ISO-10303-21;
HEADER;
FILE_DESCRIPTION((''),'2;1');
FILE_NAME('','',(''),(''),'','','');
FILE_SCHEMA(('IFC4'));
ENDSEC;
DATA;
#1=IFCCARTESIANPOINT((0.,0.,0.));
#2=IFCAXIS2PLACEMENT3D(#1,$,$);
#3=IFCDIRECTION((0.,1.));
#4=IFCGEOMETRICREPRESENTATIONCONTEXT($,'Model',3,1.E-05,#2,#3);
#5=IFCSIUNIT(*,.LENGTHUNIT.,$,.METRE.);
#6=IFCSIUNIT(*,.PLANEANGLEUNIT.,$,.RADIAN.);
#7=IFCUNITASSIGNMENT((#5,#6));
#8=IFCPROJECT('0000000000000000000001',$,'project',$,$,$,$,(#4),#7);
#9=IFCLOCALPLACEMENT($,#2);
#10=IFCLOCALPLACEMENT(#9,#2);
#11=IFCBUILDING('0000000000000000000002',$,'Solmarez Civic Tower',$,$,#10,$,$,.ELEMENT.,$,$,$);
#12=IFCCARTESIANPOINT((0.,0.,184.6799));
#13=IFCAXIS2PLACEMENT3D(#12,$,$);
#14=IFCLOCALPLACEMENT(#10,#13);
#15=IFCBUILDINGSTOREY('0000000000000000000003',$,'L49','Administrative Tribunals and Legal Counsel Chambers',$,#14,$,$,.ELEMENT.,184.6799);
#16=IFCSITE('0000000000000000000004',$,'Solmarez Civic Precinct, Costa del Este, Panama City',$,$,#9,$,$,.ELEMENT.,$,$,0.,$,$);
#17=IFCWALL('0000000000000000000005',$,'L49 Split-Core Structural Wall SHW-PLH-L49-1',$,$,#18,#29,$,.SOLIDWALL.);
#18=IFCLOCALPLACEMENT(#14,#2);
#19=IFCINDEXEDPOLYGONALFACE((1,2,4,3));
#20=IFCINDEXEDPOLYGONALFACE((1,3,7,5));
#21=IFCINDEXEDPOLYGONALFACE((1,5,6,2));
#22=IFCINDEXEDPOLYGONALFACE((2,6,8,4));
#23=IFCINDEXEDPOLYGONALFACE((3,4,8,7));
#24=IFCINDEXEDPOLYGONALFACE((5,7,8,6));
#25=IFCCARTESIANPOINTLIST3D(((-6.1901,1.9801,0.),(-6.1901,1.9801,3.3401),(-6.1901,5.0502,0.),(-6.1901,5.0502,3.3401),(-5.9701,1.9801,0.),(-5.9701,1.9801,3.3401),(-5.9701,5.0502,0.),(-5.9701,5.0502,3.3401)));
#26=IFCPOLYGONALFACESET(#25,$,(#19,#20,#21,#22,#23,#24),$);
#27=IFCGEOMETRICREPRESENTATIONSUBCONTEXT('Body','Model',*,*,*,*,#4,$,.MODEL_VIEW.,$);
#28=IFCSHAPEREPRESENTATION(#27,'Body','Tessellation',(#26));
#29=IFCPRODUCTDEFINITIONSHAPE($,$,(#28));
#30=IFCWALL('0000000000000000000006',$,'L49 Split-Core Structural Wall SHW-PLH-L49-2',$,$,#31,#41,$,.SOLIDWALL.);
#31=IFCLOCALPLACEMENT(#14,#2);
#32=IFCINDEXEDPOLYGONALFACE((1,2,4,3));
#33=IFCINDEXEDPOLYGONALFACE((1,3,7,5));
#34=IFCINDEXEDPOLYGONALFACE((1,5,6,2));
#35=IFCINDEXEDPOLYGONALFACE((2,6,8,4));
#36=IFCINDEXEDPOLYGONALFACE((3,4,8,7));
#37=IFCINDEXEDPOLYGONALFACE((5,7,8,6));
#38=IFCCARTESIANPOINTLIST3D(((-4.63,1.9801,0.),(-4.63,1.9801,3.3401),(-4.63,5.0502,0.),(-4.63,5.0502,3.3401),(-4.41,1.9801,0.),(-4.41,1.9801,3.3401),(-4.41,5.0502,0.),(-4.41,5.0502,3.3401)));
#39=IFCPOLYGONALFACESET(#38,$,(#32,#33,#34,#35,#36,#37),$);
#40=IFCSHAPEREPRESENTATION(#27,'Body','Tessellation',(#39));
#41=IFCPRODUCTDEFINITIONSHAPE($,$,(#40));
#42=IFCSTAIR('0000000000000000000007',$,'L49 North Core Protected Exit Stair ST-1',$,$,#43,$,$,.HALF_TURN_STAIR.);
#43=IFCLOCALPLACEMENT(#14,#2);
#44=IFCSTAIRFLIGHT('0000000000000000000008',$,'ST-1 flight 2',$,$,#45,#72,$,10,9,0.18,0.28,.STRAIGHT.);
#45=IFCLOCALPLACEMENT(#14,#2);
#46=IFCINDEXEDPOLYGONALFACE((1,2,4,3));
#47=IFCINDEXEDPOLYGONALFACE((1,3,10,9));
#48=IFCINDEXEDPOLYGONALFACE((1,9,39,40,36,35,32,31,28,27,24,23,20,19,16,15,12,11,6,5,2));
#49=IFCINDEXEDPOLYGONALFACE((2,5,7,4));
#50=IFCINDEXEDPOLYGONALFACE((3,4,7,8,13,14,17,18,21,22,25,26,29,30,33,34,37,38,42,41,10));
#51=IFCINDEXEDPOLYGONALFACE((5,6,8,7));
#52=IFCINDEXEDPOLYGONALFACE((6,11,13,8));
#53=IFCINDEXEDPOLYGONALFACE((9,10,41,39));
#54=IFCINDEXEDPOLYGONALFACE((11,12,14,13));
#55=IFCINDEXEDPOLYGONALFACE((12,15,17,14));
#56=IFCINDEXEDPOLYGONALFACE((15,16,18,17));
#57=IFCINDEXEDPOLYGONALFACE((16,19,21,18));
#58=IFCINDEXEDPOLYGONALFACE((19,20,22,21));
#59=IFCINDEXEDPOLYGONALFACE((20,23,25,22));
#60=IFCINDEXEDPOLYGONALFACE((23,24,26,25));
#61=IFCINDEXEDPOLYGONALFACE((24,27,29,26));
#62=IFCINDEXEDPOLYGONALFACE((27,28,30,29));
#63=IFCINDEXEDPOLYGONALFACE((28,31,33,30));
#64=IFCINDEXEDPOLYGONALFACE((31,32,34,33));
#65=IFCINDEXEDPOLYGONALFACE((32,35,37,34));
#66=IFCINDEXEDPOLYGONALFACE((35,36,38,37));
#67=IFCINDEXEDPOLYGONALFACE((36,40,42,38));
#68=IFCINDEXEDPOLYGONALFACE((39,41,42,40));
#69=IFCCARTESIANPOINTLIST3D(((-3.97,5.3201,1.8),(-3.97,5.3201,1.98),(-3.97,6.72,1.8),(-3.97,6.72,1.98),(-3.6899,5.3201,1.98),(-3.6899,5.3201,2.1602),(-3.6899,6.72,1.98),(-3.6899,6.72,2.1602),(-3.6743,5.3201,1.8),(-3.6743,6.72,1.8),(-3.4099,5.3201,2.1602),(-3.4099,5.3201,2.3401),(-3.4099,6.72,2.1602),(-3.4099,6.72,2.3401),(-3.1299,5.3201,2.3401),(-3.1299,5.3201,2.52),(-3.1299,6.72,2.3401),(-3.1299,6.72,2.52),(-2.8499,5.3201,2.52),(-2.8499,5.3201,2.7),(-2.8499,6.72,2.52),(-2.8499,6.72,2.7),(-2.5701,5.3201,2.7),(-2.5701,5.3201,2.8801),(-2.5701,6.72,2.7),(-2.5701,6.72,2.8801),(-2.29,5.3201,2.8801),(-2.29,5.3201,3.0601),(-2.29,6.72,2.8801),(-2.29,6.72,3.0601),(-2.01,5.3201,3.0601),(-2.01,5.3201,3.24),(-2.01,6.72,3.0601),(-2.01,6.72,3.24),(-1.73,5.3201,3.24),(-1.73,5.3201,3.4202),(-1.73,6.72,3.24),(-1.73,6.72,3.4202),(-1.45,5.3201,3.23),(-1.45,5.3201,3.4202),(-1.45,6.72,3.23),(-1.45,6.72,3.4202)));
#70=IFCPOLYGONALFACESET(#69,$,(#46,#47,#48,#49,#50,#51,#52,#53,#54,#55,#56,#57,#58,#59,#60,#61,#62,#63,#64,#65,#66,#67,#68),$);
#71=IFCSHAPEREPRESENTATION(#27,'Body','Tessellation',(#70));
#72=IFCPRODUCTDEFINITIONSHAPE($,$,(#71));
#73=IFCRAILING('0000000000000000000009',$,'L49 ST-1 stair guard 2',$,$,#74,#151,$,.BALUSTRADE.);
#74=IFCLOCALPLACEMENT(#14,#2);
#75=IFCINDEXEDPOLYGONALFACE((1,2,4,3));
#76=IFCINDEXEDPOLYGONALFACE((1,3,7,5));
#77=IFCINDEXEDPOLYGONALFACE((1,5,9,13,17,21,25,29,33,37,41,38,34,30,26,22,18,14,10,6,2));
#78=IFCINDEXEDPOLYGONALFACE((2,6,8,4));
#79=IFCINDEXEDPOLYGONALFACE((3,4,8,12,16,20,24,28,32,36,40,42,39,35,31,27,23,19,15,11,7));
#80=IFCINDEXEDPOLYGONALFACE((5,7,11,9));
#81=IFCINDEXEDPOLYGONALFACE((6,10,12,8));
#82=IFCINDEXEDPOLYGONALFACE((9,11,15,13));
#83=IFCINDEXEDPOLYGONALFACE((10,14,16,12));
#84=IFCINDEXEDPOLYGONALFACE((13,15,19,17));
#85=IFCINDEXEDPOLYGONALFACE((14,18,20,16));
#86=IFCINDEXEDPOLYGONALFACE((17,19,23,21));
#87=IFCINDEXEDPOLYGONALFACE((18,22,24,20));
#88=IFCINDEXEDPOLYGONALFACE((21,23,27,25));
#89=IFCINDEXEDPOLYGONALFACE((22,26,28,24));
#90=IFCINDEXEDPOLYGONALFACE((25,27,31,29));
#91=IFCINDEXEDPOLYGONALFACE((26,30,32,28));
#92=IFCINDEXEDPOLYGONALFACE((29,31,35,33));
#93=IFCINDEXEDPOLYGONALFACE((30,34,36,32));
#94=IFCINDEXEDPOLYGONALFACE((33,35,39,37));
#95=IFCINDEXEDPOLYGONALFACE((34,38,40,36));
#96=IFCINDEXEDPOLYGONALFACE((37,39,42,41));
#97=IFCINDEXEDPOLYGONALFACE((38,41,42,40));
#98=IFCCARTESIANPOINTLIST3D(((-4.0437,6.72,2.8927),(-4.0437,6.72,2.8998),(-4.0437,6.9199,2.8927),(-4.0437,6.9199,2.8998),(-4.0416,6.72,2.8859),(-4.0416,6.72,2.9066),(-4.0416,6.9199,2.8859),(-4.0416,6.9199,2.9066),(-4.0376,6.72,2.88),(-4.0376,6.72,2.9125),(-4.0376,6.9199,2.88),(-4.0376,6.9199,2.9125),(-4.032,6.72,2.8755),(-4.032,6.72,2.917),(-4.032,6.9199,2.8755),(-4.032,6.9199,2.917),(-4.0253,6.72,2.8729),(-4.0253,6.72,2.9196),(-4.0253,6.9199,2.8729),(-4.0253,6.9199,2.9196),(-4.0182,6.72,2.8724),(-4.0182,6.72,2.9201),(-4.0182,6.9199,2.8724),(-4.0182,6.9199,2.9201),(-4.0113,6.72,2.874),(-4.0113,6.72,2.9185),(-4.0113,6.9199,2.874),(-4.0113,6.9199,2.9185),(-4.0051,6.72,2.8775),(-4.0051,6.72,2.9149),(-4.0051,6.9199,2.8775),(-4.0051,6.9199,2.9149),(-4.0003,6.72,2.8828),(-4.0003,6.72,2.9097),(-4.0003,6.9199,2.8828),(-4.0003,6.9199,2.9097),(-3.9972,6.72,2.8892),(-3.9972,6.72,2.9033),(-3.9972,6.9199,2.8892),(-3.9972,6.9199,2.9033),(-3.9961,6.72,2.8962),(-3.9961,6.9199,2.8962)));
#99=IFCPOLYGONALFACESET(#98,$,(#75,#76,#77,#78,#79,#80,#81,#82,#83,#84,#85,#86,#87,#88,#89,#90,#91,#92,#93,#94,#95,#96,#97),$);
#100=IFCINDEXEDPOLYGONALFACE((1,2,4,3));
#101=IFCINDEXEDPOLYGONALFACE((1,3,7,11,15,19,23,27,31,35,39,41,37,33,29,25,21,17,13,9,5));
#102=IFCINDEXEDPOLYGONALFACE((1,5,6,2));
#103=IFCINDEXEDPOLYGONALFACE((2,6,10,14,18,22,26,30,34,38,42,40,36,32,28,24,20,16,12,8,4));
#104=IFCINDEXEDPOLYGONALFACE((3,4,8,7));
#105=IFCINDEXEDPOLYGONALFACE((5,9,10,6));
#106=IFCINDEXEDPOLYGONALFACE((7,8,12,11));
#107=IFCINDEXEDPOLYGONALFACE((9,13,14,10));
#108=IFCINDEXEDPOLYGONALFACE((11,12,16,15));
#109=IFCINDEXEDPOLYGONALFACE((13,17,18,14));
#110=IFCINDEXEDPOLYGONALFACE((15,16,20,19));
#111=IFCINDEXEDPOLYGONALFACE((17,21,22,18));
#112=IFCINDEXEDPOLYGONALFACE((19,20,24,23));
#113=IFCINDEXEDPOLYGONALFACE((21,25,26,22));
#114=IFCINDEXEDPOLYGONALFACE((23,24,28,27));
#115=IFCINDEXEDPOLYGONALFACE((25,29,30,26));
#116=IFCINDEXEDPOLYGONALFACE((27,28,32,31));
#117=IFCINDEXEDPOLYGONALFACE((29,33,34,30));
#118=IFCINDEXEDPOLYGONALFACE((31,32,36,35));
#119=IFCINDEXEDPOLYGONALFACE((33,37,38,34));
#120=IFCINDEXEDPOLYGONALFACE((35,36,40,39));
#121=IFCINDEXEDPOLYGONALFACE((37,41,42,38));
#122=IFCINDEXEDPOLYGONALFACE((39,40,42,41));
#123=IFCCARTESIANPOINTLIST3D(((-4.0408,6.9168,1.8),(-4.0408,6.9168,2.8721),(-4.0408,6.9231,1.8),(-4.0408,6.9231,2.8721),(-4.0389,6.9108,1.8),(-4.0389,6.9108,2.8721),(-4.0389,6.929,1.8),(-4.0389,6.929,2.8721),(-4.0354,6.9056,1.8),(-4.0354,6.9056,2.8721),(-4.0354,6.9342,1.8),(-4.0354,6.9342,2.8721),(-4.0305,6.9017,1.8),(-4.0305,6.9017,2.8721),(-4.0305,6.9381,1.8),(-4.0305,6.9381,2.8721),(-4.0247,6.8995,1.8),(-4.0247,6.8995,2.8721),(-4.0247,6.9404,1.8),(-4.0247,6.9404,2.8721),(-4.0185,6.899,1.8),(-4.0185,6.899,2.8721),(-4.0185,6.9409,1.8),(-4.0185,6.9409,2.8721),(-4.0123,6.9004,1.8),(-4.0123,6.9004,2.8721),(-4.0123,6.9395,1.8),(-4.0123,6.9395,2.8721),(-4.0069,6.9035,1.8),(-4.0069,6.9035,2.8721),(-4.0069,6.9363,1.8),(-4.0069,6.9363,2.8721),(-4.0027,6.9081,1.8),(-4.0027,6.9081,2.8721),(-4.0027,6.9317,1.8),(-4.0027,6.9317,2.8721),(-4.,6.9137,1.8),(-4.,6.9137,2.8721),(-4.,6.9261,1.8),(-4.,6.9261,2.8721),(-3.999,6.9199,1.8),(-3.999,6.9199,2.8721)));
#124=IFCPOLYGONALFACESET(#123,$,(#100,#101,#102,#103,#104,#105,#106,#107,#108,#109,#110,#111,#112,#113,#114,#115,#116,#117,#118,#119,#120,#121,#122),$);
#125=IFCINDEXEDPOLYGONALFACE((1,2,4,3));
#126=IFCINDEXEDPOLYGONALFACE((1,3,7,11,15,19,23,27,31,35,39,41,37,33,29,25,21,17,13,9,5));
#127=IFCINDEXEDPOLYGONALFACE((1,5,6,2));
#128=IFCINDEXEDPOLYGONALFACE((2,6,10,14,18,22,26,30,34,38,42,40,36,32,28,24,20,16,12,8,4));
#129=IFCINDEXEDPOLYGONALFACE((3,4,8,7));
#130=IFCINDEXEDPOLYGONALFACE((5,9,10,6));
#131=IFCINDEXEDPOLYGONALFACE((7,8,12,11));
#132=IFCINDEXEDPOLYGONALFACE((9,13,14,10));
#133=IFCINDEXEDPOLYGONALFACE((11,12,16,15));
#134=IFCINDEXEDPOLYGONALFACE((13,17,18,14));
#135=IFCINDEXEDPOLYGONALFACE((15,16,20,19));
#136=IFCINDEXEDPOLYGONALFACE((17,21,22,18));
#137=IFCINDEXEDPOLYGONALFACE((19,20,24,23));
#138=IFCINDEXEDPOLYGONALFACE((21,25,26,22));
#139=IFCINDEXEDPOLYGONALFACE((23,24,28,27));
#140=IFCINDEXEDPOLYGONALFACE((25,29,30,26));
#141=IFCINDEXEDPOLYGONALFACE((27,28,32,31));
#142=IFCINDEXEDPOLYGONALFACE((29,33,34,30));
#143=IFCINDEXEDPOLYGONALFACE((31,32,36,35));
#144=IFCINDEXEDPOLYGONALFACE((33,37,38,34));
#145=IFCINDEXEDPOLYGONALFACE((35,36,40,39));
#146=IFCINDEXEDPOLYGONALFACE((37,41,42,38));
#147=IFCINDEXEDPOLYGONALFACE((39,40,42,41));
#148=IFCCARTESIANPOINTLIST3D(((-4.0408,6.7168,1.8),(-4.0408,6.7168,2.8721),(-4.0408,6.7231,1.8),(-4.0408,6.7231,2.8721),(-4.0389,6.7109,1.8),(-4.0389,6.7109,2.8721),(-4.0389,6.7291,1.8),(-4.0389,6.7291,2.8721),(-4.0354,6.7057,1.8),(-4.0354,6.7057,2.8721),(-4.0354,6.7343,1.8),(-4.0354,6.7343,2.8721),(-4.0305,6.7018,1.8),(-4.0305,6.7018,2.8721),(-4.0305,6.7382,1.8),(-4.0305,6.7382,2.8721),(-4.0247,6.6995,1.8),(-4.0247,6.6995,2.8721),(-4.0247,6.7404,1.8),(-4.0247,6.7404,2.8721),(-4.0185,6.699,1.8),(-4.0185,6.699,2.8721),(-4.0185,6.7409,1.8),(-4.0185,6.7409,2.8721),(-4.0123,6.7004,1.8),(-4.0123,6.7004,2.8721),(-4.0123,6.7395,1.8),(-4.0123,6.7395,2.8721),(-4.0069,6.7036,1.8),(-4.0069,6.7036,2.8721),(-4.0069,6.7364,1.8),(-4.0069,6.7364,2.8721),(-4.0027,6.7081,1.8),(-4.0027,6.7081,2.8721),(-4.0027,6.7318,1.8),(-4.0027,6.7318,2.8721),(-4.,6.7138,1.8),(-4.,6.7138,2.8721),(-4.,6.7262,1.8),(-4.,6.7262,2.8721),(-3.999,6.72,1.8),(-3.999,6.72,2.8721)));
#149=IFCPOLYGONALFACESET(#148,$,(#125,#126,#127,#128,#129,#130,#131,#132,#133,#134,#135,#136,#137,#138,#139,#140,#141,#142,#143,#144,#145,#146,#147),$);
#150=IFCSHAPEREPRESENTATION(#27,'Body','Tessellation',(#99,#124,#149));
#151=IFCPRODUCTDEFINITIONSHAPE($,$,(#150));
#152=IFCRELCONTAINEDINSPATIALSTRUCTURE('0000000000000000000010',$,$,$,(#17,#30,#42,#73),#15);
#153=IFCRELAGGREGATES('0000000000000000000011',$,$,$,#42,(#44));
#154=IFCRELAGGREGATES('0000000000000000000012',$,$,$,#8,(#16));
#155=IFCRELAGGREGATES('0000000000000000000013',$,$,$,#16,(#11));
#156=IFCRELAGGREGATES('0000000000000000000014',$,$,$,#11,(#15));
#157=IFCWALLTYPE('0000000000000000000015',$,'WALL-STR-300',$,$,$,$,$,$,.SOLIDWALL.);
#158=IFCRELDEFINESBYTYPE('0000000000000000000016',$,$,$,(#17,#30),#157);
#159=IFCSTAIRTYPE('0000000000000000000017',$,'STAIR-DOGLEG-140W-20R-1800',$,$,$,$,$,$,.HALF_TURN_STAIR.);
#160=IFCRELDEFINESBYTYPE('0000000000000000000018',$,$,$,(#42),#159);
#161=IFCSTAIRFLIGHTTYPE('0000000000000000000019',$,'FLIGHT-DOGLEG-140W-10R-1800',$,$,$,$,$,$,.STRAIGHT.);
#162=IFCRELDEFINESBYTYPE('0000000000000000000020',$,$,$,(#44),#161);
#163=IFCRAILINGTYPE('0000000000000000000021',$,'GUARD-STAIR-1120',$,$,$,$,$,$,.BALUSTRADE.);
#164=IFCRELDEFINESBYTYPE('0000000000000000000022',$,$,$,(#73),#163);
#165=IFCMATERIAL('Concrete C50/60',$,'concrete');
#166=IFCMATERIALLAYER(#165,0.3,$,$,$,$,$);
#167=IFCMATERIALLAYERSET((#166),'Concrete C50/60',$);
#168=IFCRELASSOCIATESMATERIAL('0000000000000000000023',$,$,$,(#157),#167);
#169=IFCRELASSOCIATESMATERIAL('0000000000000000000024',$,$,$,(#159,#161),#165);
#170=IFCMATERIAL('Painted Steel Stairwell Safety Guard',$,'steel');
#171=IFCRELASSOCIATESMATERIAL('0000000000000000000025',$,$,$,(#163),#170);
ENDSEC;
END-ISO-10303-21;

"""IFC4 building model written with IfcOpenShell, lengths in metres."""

from ifc_helpers import new_model, si_unit, direction, frame, frame_2d, origin, origin_2d, place, context, subcontext, project, spatial, polyline, rectangle, circle, outline, extrude, material, layer, layer_set, type_object, element, aggregate, save


model = new_model("IFC4")

# Units and contexts
model_context = context("Model", 3, precision=1e-05, world=origin(), true_north=direction((0.0, 1.0)))
body_context = subcontext(model_context, "Body", "Model", "MODEL_VIEW")
ifc_project = project(units=[si_unit("LENGTHUNIT", "METRE"), si_unit("PLANEANGLEUNIT", "RADIAN")], contexts=[model_context])

# Site, building, storey
site_placement = place(None, origin())
site = spatial("IfcSite", under=ifc_project, at=site_placement, Name="Solmarez Civic Precinct, Costa del Este, Panama City", CompositionType="ELEMENT", RefElevation=0.0)
building_placement = place(site_placement, origin())
building = spatial("IfcBuilding", under=site, at=building_placement, Name="Solmarez Civic Tower", CompositionType="ELEMENT")
storey_placement = place(building_placement, frame((0.0, 0.0, 184.6799)))
storey = spatial("IfcBuildingStorey", under=building, at=storey_placement, Name="L49", Description="Administrative Tribunals and Legal Counsel Chambers", CompositionType="ELEMENT", Elevation=184.6799)

# Shared definitions
ifc_material_1 = material(Name="Concrete C50/60", Category="concrete")

# Walls
ifc_layer_1 = layer(ifc_material_1, 0.3)
ifc_layer_set_1 = layer_set([ifc_layer_1], Name="Concrete C50/60")
wall_type_1 = type_object("IfcWallType", Name="WALL-STR-300", PredefinedType="SOLIDWALL", material=ifc_layer_set_1)
for number, where, z_axis, x_axis, name in (
    (1, (-6.0801, 1.98, 0.0), (0.0, 0.0, 1.0), (0.0, 1.0, 0.0), "L49 Split-Core Structural Wall SHW-PLH-L49-1"),
    (2, (-4.52, 1.98, 0.0), (0.0, 0.0, 1.0), (0.0, 1.0, 0.0), "L49 Split-Core Structural Wall SHW-PLH-L49-2"),
):
    element("IfcWall", number, at=place(storey_placement, frame(where, z_axis=z_axis, x_axis=x_axis)), inside=storey, type_object=wall_type_1, Name=name, PredefinedType="SOLIDWALL", context=body_context, shape_type="SweptSolid", body=[
        extrude(rectangle(XDim=3.0701, YDim=0.22, at=frame_2d((1.5352, 0.0))), origin(), (0.0, 0.0, 1.0), 3.3401),
    ])

# Stair, stair flight
stair_type = type_object("IfcStairType", Name="STAIR-DOGLEG-140W-20R-1800", PredefinedType="HALF_TURN_STAIR", material=ifc_material_1)
stair_placement = place(storey_placement, origin())
stair = element("IfcStair", 3, at=stair_placement, inside=storey, type_object=stair_type, Name="L49 North Core Protected Exit Stair ST-1", PredefinedType="HALF_TURN_STAIR")
stair_flight_type = type_object("IfcStairFlightType", Name="FLIGHT-DOGLEG-140W-10R-1800", PredefinedType="STRAIGHT", material=ifc_material_1)
stair_flight_placement = place(storey_placement, frame((-3.97, 6.02, 1.8), z_axis=(0.0, 0.0, 1.0), x_axis=(1.0, 0.0, 0.0)))
stair_flight = element("IfcStairFlight", 4, at=stair_flight_placement, type_object=stair_flight_type, Name="ST-1 flight 2", NumberOfRisers=10, NumberOfTreads=9, PredefinedType="STRAIGHT", RiserHeight=0.18, TreadLength=0.28, context=body_context, shape_type="SweptSolid", body=[
    extrude(outline(polyline([(0.0, 0.0), (0.0, 0.1799), (0.28, 0.1799), (0.28, 0.3601), (0.5601, 0.3601), (0.5601, 0.54), (0.8401, 0.54), (0.8401, 0.72), (1.1201, 0.72), (1.1201, 0.8999), (1.3999, 0.8999), (1.3999, 1.0801), (1.6799, 1.0801), (1.6799, 1.26), (1.96, 1.26), (1.96, 1.4399), (2.24, 1.4399), (2.24, 1.6201), (2.52, 1.6201), (2.52, 1.8), (2.52, 1.4299), (0.2957, 0.0), (0.0, 0.0)])), frame((0.0, 0.7, 0.0), z_axis=(0.0, -1.0, 0.0), x_axis=(1.0, 0.0, 0.0)), (0.0, 0.0, 1.0), 1.3999),
])
aggregate(stair, [stair_flight])

# Railing
ifc_material_2 = material(Name="Painted Steel Stairwell Safety Guard", Category="steel")
railing_type_1 = type_object("IfcRailingType", Name="GUARD-STAIR-1120", PredefinedType="BALUSTRADE", material=ifc_material_2)
railing_1_placement = place(storey_placement, frame((-4.02, 6.9199, 1.8)))
element("IfcRailing", 5, at=railing_1_placement, inside=storey, type_object=railing_type_1, Name="L49 ST-1 stair guard 2", PredefinedType="BALUSTRADE", context=body_context, shape_type="SweptSolid", body=[
    extrude(circle(Radius=0.0239, at=origin_2d()), frame((0.0, 0.0, 1.0962), z_axis=(0.0, -1.0, 0.0), x_axis=(1.0, 0.0, 0.0)), (0.0, 0.0, 1.0), 0.2),
    extrude(circle(Radius=0.021, at=origin_2d()), origin(), (0.0, 0.0, 1.0), 1.072),
    extrude(circle(Radius=0.021, at=origin_2d()), frame((0.0, -0.2, 0.0)), (0.0, 0.0, 1.0), 1.072),
])

save(model, "model.ifc")
